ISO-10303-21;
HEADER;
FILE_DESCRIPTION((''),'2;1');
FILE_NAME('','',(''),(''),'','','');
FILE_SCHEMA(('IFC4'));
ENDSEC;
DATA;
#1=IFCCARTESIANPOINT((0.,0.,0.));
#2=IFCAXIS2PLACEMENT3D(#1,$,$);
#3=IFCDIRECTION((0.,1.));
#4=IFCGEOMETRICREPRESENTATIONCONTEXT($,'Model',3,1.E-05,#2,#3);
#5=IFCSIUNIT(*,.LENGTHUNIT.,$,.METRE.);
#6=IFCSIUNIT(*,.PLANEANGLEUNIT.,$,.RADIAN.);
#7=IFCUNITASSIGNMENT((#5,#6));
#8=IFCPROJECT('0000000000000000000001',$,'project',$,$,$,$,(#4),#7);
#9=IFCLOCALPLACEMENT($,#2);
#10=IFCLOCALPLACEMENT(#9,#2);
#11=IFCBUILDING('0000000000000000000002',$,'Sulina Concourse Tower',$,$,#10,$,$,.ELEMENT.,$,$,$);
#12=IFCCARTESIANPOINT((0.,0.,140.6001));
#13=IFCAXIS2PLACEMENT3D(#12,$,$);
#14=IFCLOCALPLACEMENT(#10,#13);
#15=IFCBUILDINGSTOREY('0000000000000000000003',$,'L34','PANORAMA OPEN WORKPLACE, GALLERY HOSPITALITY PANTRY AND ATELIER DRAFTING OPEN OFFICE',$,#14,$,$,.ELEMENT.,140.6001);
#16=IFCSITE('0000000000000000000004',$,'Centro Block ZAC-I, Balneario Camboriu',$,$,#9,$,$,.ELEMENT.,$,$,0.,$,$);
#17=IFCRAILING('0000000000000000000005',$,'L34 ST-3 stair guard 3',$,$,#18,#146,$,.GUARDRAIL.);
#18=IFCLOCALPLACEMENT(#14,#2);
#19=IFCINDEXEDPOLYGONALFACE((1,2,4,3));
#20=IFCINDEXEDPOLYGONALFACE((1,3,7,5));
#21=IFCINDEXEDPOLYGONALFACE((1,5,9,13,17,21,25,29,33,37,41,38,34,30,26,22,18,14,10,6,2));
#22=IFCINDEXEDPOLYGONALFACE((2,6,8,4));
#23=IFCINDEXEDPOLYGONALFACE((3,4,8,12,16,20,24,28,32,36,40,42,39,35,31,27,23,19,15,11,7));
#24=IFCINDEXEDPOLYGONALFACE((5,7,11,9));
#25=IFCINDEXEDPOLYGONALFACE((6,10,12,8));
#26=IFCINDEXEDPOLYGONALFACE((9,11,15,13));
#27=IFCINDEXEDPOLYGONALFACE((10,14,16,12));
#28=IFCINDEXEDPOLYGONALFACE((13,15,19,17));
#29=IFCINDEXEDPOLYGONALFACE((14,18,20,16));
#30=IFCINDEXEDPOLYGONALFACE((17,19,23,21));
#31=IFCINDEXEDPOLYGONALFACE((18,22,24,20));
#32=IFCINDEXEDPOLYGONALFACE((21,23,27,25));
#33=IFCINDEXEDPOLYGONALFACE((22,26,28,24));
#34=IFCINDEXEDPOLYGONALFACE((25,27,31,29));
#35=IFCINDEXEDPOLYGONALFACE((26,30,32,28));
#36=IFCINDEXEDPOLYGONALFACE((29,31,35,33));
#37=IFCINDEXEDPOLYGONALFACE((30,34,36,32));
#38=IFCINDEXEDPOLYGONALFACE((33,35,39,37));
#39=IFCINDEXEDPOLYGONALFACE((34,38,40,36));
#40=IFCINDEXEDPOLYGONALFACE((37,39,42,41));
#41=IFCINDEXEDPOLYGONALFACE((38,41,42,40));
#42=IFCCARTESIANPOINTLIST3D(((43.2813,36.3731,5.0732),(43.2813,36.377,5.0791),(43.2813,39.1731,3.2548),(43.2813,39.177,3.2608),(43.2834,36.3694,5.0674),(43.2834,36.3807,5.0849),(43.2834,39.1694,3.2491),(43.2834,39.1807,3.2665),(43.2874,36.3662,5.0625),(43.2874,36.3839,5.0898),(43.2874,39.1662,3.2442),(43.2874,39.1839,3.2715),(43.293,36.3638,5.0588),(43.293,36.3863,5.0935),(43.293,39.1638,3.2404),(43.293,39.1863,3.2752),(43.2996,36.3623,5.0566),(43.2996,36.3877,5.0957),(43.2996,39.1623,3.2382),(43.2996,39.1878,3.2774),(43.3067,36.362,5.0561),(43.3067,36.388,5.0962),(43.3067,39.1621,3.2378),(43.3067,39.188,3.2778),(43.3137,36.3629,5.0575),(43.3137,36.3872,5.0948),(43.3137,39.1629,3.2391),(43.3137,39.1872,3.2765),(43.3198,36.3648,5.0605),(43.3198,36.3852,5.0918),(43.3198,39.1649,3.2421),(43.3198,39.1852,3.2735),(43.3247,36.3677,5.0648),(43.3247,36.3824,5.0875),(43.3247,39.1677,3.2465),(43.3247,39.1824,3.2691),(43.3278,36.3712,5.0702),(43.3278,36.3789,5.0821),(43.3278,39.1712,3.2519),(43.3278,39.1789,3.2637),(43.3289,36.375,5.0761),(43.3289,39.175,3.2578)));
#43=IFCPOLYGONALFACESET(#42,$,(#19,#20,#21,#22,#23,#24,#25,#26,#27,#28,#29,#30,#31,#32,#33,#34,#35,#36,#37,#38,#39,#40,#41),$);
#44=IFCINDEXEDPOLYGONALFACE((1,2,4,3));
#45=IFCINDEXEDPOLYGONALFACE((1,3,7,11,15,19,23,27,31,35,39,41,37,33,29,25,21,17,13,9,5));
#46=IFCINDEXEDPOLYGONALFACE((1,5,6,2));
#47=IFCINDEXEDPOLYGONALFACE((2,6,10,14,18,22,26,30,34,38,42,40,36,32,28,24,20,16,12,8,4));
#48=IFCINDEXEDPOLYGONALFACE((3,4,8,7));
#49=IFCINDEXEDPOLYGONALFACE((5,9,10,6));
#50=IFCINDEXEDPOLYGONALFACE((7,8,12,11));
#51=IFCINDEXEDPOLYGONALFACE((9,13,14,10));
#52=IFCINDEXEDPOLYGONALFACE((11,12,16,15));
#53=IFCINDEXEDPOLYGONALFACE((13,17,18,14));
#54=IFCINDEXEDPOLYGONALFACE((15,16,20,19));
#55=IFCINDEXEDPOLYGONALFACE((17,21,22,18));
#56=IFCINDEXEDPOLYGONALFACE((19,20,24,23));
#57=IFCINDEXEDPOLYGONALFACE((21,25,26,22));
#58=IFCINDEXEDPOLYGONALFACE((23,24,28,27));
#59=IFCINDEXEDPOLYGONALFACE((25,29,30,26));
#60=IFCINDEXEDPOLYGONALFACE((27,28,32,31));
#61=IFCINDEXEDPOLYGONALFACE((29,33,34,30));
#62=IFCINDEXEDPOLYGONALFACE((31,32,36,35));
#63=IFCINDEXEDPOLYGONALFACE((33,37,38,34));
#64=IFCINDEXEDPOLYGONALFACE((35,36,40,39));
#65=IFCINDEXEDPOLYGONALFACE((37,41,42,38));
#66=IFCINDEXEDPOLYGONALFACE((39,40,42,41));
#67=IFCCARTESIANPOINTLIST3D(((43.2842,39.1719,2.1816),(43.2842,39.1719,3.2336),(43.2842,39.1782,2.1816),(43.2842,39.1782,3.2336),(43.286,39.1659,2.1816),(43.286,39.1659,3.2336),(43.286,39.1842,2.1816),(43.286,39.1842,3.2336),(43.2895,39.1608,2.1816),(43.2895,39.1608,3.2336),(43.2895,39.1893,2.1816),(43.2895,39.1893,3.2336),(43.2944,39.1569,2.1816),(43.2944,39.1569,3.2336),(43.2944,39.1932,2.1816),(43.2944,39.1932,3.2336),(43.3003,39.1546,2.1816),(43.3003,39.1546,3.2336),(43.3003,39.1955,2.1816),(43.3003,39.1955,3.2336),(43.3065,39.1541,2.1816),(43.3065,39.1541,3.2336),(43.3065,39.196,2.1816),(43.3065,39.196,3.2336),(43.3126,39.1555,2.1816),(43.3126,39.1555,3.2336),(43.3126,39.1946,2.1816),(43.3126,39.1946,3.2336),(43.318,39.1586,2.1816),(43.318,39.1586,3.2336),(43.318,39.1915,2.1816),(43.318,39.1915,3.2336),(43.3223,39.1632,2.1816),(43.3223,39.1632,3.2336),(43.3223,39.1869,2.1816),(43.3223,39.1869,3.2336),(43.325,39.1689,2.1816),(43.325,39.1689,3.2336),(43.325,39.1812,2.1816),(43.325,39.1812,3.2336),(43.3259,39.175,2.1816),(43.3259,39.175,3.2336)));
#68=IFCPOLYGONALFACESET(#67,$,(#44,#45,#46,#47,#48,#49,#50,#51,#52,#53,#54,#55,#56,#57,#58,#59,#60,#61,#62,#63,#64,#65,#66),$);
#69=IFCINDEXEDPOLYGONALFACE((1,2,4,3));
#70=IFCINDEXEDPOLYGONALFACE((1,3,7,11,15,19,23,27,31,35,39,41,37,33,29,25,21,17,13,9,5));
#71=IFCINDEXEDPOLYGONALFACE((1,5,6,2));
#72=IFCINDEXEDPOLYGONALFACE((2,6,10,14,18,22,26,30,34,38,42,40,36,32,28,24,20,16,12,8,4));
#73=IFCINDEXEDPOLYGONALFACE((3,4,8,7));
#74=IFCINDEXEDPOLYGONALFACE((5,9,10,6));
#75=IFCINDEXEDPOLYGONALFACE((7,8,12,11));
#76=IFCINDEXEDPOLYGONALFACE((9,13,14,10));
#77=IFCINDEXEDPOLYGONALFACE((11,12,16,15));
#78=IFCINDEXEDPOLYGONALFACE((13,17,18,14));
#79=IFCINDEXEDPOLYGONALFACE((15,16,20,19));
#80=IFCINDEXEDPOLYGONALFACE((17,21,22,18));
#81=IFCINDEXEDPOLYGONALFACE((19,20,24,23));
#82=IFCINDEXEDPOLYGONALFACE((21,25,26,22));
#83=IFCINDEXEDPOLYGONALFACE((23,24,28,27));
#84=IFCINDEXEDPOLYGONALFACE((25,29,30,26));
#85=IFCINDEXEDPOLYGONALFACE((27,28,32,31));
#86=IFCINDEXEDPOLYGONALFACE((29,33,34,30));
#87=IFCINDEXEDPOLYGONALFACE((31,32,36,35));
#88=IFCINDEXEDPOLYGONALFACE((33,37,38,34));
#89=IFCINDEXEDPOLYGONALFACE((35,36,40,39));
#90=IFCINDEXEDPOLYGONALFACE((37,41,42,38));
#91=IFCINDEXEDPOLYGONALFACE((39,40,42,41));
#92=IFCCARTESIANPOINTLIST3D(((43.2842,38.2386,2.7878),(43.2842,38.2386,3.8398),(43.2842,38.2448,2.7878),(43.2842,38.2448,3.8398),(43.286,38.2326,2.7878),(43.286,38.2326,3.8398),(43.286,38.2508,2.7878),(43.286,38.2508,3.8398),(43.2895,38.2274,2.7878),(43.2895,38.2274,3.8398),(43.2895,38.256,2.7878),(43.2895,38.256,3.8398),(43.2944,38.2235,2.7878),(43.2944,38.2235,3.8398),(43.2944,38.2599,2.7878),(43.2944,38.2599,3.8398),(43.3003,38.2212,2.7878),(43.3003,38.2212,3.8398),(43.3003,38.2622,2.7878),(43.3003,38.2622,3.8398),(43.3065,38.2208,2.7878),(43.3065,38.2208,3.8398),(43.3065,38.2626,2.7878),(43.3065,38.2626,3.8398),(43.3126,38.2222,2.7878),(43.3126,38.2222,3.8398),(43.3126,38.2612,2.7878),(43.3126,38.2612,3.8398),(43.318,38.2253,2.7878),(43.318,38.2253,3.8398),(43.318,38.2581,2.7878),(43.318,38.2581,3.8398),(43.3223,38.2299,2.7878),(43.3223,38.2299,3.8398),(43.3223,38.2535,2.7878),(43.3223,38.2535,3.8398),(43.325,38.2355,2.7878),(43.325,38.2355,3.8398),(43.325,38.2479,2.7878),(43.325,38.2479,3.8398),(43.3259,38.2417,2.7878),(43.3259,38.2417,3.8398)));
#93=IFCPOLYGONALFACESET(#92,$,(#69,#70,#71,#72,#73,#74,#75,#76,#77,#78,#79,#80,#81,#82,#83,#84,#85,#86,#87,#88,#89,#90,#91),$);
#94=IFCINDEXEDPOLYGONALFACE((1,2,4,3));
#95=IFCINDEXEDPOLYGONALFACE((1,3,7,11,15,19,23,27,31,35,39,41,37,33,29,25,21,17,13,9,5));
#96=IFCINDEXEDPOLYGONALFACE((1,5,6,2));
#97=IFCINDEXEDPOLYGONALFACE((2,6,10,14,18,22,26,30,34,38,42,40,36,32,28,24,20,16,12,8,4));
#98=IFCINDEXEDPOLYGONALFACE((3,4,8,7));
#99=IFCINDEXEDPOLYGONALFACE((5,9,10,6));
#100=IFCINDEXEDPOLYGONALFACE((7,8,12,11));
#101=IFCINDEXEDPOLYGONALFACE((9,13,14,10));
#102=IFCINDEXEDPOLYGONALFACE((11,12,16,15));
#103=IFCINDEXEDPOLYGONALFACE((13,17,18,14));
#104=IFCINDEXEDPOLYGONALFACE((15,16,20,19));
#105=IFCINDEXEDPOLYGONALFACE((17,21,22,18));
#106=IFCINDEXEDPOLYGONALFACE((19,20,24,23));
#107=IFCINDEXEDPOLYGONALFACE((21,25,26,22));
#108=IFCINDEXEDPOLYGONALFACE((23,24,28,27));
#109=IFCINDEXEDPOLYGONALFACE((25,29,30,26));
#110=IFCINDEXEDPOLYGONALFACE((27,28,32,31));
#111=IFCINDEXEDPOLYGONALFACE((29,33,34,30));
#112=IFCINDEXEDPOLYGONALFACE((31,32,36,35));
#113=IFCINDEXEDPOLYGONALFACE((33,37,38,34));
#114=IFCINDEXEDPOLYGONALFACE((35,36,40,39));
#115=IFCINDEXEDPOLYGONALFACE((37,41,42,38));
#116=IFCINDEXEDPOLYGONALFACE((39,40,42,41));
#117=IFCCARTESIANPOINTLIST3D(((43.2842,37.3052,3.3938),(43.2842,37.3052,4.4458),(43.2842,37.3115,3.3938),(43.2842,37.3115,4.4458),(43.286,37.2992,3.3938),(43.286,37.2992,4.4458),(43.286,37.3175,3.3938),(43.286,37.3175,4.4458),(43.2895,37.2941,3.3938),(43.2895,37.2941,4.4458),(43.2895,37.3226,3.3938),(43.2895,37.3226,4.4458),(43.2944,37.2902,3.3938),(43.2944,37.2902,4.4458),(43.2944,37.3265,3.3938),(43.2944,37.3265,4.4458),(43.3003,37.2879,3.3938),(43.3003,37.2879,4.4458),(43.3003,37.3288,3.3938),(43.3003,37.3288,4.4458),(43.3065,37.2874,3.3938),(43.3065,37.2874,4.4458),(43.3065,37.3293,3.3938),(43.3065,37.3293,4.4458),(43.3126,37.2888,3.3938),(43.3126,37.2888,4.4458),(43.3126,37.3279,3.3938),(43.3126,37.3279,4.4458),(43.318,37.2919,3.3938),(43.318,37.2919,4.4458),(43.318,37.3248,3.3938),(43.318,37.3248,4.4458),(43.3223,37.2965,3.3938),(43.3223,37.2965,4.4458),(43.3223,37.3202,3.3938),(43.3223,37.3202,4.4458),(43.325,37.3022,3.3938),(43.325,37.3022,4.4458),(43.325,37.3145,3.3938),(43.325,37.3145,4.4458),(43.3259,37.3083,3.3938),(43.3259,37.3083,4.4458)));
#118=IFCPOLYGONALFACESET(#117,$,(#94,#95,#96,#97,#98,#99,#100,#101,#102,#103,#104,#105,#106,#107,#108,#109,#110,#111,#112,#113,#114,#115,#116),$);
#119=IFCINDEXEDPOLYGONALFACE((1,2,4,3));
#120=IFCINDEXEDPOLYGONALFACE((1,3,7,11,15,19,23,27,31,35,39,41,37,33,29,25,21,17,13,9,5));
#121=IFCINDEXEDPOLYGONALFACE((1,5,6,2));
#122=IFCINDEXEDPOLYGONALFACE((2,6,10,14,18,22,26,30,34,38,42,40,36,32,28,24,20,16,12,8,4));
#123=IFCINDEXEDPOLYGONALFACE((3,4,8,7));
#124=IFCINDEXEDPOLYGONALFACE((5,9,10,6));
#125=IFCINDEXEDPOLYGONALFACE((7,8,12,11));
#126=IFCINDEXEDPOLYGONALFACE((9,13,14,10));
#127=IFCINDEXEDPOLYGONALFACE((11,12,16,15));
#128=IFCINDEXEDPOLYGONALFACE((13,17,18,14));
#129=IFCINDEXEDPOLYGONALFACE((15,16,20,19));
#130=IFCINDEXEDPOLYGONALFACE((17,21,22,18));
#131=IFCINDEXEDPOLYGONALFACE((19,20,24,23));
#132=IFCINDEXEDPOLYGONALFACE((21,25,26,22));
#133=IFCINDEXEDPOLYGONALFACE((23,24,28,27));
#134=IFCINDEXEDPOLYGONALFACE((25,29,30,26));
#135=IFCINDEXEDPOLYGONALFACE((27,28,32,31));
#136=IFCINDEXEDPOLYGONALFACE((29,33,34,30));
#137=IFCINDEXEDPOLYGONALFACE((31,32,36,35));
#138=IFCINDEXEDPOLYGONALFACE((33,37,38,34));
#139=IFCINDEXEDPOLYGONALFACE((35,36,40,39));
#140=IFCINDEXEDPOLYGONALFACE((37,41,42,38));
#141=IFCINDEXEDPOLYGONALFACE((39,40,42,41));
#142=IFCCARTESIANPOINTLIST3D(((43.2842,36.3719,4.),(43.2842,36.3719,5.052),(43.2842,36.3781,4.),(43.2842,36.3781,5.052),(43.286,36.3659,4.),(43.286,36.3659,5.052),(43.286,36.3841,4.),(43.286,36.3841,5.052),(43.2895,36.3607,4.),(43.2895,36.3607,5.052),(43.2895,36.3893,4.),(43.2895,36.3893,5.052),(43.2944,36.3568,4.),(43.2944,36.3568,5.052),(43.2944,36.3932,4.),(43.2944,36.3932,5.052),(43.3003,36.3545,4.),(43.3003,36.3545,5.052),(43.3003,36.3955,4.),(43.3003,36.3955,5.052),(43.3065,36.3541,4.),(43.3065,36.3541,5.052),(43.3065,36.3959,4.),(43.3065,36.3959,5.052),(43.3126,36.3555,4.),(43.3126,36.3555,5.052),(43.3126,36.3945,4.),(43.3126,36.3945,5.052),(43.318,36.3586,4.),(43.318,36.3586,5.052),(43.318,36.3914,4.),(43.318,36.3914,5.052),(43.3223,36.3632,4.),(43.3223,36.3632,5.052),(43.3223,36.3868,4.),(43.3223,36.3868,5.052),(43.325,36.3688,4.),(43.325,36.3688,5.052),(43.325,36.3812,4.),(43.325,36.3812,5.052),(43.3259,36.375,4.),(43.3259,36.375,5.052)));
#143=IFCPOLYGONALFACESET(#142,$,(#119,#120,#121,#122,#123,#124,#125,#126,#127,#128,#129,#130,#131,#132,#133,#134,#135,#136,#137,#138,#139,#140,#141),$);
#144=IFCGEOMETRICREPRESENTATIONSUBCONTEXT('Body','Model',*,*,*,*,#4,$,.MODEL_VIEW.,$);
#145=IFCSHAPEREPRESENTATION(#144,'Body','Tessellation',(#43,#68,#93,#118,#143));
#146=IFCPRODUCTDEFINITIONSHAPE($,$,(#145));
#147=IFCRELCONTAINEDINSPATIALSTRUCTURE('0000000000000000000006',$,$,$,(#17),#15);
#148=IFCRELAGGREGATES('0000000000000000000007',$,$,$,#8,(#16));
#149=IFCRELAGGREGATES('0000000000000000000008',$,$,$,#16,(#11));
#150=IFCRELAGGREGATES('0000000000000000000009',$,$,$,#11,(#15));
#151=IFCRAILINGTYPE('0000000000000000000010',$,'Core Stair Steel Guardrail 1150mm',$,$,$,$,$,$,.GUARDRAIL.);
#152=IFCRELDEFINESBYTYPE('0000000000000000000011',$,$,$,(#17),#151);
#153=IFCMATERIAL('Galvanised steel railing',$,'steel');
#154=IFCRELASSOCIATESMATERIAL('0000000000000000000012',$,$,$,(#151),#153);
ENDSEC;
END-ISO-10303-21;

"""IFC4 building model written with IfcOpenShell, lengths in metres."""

from ifc_helpers import new_model, si_unit, direction, frame, origin, origin_2d, place, context, subcontext, project, spatial, circle, extrude, material, type_object, element, save


model = new_model("IFC4")

# Units and contexts
model_context = context("Model", 3, precision=1e-05, world=origin(), true_north=direction((0.0, 1.0)))
body_context = subcontext(model_context, "Body", "Model", "MODEL_VIEW")
ifc_project = project(units=[si_unit("LENGTHUNIT", "METRE"), si_unit("PLANEANGLEUNIT", "RADIAN")], contexts=[model_context])

# Site, building, storey
site_placement = place(None, origin())
site = spatial("IfcSite", under=ifc_project, at=site_placement, Name="Centro Block ZAC-I, Balneario Camboriu", CompositionType="ELEMENT", RefElevation=0.0)
building_placement = place(site_placement, origin())
building = spatial("IfcBuilding", under=site, at=building_placement, Name="Sulina Concourse Tower", CompositionType="ELEMENT")
storey_placement = place(building_placement, frame((0.0, 0.0, 140.6001)))
storey = spatial("IfcBuildingStorey", under=building, at=storey_placement, Name="L34", Description="PANORAMA OPEN WORKPLACE, GALLERY HOSPITALITY PANTRY AND ATELIER DRAFTING OPEN OFFICE", CompositionType="ELEMENT", Elevation=140.6001)

# Railing
ifc_material_1 = material(Name="Galvanised steel railing", Category="steel")
railing_type_1 = type_object("IfcRailingType", Name="Core Stair Steel Guardrail 1150mm", PredefinedType="GUARDRAIL", material=ifc_material_1)
railing_1_placement = place(storey_placement, frame((43.3049, 39.175, 2.1816)))
element("IfcRailing", 1, at=railing_1_placement, inside=storey, type_object=railing_type_1, Name="L34 ST-3 stair guard 3", PredefinedType="GUARDRAIL", context=body_context, shape_type="SweptSolid", body=[
    extrude(circle(Radius=0.0239, at=origin_2d()), frame((0.0, 0.0, 1.0762), z_axis=(0.0, -0.838672, 0.544636), x_axis=(1.0, 0.0, 0.0)), (0.0, 0.0, 1.0), 3.3386),
    extrude(circle(Radius=0.021, at=origin_2d()), origin(), (0.0, 0.0, 1.0), 1.052),
    extrude(circle(Radius=0.021, at=origin_2d()), frame((0.0, -0.9333, 0.6062)), (0.0, 0.0, 1.0), 1.052),
    extrude(circle(Radius=0.021, at=origin_2d()), frame((0.0, -1.8667, 1.2122)), (0.0, 0.0, 1.0), 1.052),
    extrude(circle(Radius=0.021, at=origin_2d()), frame((0.0, -2.8, 1.8184)), (0.0, 0.0, 1.0), 1.052),
])

save(model, "model.ifc")
